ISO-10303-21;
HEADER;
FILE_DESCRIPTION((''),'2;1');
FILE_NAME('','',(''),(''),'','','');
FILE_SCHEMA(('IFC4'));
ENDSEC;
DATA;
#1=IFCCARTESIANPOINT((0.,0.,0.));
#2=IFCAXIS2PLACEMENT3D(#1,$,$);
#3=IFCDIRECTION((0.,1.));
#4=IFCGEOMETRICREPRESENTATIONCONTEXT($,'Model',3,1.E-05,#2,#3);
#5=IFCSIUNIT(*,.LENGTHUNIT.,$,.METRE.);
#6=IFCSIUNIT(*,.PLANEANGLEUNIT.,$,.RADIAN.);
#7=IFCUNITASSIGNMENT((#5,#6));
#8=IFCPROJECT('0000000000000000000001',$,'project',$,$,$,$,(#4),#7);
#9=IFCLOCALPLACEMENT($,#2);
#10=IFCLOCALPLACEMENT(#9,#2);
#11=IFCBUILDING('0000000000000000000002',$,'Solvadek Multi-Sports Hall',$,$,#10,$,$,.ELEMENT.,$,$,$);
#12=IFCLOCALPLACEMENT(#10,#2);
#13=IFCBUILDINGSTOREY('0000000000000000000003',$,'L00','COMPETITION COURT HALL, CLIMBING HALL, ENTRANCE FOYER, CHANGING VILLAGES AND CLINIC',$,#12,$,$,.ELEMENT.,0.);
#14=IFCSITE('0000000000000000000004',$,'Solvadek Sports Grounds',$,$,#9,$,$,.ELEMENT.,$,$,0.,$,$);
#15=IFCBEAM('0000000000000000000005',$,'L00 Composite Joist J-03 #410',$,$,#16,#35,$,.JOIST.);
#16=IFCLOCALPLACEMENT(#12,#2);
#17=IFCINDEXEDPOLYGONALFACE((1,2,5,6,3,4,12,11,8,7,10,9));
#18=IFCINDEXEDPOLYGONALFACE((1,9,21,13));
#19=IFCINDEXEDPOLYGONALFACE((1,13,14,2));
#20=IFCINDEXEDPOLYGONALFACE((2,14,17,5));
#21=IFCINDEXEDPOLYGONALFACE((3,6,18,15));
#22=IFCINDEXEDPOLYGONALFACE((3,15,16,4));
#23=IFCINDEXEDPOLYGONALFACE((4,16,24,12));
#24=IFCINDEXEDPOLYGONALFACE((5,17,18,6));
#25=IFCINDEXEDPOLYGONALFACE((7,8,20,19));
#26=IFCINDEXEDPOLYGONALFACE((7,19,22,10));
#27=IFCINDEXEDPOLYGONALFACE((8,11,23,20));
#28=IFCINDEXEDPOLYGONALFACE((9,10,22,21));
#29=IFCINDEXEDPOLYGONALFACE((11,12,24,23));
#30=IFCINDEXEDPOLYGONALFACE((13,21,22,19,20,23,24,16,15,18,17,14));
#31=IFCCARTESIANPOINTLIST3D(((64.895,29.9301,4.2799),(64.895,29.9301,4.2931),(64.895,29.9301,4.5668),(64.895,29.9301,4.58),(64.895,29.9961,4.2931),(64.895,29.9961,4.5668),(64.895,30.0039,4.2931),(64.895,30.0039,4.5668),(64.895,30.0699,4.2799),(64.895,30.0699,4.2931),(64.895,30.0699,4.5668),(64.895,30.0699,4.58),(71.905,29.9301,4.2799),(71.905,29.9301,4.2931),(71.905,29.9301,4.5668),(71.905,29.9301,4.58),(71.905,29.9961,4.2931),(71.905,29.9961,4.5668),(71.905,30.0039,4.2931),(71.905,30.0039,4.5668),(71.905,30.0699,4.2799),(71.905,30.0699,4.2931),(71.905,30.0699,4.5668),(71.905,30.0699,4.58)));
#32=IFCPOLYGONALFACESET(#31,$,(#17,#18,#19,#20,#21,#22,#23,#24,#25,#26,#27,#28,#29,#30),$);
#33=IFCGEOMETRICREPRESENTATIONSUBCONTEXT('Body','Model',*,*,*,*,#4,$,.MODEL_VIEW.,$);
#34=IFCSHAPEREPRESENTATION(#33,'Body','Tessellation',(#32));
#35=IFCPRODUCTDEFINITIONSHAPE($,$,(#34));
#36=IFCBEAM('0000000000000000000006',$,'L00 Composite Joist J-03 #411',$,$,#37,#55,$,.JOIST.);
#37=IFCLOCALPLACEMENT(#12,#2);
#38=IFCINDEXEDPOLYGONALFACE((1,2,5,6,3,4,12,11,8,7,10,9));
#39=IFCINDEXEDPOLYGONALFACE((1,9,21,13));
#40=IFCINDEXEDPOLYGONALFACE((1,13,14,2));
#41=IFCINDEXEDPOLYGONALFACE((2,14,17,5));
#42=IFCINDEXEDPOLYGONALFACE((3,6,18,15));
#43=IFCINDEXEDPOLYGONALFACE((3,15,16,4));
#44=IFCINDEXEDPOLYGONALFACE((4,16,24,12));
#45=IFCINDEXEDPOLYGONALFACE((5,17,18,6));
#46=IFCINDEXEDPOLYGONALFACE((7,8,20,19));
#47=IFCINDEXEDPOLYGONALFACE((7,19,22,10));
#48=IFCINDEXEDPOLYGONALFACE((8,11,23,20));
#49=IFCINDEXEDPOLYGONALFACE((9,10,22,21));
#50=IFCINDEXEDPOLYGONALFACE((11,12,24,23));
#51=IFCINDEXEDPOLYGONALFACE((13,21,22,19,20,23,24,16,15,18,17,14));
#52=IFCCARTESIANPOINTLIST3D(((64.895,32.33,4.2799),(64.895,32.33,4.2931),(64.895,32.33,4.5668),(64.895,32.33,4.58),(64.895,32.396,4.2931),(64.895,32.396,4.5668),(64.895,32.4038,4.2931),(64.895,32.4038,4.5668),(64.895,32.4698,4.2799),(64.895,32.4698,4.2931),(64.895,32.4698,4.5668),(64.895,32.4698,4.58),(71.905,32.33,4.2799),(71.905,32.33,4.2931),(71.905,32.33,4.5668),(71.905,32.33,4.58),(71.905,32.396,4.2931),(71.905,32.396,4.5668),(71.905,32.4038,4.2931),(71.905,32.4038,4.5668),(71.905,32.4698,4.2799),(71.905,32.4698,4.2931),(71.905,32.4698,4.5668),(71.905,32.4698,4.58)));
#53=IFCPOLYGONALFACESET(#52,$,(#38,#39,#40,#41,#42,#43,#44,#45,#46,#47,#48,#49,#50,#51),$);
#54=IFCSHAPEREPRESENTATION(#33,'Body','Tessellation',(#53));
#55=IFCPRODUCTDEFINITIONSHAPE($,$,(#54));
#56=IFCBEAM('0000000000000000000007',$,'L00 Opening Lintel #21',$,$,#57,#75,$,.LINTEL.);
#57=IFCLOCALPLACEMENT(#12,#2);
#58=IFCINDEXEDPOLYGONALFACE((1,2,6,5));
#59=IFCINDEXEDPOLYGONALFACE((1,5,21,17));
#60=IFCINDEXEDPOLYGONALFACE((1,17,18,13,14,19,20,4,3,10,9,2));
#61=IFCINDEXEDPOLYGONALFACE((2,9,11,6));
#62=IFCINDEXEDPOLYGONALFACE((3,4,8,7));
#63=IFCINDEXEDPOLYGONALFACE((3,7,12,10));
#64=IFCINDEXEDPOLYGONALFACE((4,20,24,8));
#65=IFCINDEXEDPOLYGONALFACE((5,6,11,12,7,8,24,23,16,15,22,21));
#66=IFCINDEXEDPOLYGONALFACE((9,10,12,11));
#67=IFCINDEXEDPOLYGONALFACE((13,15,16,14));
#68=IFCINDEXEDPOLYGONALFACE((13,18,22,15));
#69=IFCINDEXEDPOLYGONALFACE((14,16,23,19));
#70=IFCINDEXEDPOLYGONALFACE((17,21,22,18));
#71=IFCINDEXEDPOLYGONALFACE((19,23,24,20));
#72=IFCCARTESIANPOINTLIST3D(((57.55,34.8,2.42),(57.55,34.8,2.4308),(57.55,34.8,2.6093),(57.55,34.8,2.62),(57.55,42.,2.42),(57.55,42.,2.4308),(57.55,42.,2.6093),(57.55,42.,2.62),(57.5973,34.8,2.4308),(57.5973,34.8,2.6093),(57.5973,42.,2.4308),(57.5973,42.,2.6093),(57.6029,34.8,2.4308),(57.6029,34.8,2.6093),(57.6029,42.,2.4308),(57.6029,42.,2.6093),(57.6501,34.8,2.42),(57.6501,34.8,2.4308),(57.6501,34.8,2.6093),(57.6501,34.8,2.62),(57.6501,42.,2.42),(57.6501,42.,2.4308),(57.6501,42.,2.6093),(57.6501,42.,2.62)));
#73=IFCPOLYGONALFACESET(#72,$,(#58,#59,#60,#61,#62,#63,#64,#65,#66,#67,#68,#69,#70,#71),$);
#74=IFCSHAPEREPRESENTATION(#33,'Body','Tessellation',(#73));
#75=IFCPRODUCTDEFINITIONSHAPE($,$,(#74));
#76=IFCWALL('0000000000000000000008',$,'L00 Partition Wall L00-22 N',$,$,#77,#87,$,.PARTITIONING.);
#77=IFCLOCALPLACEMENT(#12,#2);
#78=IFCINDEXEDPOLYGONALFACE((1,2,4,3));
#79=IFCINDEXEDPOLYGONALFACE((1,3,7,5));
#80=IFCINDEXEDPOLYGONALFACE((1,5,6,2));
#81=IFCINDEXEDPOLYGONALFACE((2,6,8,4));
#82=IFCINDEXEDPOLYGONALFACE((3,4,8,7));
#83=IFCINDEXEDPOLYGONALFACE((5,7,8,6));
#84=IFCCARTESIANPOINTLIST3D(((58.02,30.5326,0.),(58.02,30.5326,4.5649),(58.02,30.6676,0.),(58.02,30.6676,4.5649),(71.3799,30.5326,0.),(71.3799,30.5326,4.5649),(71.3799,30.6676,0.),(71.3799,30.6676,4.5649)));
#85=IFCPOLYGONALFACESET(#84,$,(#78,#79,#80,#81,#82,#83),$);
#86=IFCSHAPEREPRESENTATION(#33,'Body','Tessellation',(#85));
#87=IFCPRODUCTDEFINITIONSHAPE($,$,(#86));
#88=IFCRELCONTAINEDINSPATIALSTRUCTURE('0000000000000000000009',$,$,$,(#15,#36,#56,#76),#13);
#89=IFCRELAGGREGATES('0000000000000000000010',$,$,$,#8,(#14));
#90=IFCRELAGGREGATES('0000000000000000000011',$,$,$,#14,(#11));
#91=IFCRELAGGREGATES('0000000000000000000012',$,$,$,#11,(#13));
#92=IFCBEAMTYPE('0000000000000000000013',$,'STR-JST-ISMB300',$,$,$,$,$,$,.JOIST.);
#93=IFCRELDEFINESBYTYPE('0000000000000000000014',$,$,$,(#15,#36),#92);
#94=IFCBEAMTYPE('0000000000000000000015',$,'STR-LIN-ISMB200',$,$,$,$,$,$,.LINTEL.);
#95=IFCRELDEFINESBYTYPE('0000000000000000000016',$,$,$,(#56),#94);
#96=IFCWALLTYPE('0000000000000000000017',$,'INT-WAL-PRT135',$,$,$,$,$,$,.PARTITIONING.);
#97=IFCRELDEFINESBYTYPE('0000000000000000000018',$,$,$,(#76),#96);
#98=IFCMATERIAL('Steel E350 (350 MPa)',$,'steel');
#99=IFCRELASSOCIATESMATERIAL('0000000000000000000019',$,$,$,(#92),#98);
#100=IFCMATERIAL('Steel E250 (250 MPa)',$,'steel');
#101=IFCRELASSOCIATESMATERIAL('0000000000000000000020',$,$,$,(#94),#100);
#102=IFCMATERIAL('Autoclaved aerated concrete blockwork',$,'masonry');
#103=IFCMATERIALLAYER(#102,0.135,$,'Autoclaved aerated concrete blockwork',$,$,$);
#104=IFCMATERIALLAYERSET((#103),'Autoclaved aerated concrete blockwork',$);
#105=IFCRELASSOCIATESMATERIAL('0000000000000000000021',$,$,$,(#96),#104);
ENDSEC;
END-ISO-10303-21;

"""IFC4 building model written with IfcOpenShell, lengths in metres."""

from ifc_helpers import new_model, si_unit, direction, frame, frame_2d, origin, origin_2d, place, context, subcontext, project, spatial, rectangle, i_section, extrude, material, layer, layer_set, material_profile, profile_set, type_object, element, save


model = new_model("IFC4")

# Units and contexts
model_context = context("Model", 3, precision=1e-05, world=origin(), true_north=direction((0.0, 1.0)))
body_context = subcontext(model_context, "Body", "Model", "MODEL_VIEW")
ifc_project = project(units=[si_unit("LENGTHUNIT", "METRE"), si_unit("PLANEANGLEUNIT", "RADIAN")], contexts=[model_context])

# Site, building, storey
site_placement = place(None, origin())
site = spatial("IfcSite", under=ifc_project, at=site_placement, Name="Solvadek Sports Grounds", CompositionType="ELEMENT", RefElevation=0.0)
building_placement = place(site_placement, origin())
building = spatial("IfcBuilding", under=site, at=building_placement, Name="Solvadek Multi-Sports Hall", CompositionType="ELEMENT")
storey_placement = place(building_placement, origin())
storey = spatial("IfcBuildingStorey", under=building, at=storey_placement, Name="L00", Description="COMPETITION COURT HALL, CLIMBING HALL, ENTRANCE FOYER, CHANGING VILLAGES AND CLINIC", CompositionType="ELEMENT", Elevation=0.0)

# Shared definitions
ifc_material_1 = material(Name="Steel E350 (350 MPa)", Category="steel")

# Beams
ifc_material_profile_1 = material_profile(ifc_material_1, i_section(OverallWidth=0.1399, OverallDepth=0.3, WebThickness=0.0078, FlangeThickness=0.0132, at=origin_2d()), Name="ISMB 300")
ifc_profile_set_1 = profile_set([ifc_material_profile_1], Name="Steel E350 (350 MPa)")
beam_type_1 = type_object("IfcBeamType", Name="STR-JST-ISMB300", PredefinedType="JOIST", material=ifc_profile_set_1)
for number, where, z_axis, x_axis, name in (
    (1, (64.895, 30.0, 4.4299), (1.0, 0.0, 0.0), (0.0, 1.0, 0.0), "L00 Composite Joist J-03 #410"),
    (2, (64.895, 32.3999, 4.4299), (1.0, 0.0, 0.0), (0.0, 1.0, 0.0), "L00 Composite Joist J-03 #411"),
):
    element("IfcBeam", number, at=place(storey_placement, frame(where, z_axis=z_axis, x_axis=x_axis)), inside=storey, type_object=beam_type_1, Name=name, PredefinedType="JOIST", context=body_context, shape_type="SweptSolid", body=[
        extrude(i_section(OverallWidth=0.1399, OverallDepth=0.3, WebThickness=0.0078, FlangeThickness=0.0132, at=origin_2d()), origin(), (0.0, 0.0, 1.0), 7.01),
    ])
ifc_material_2 = material(Name="Steel E250 (250 MPa)", Category="steel")
ifc_material_profile_2 = material_profile(ifc_material_2, i_section(OverallWidth=0.1001, OverallDepth=0.2, WebThickness=0.0056, FlangeThickness=0.0107, at=origin_2d()), Name="ISMB 200")
ifc_profile_set_2 = profile_set([ifc_material_profile_2], Name="Steel E250 (250 MPa)")
beam_type_2 = type_object("IfcBeamType", Name="STR-LIN-ISMB200", PredefinedType="LINTEL", material=ifc_profile_set_2)
beam_1_placement = place(storey_placement, frame((57.6001, 34.8, 2.52), z_axis=(0.0, 1.0, 0.0), x_axis=(-1.0, 0.0, 0.0)))
element("IfcBeam", 3, at=beam_1_placement, inside=storey, type_object=beam_type_2, Name="L00 Opening Lintel #21", PredefinedType="LINTEL", context=body_context, shape_type="SweptSolid", body=[
    extrude(i_section(OverallWidth=0.1001, OverallDepth=0.2, WebThickness=0.0056, FlangeThickness=0.0107, at=origin_2d()), origin(), (0.0, 0.0, 1.0), 7.2),
])

# Wall
ifc_material_3 = material(Name="Autoclaved aerated concrete blockwork", Category="masonry")
ifc_layer_1 = layer(ifc_material_3, 0.135, Name="Autoclaved aerated concrete blockwork")
ifc_layer_set_1 = layer_set([ifc_layer_1], Name="Autoclaved aerated concrete blockwork")
wall_type = type_object("IfcWallType", Name="INT-WAL-PRT135", PredefinedType="PARTITIONING", material=ifc_layer_set_1)
wall_placement = place(storey_placement, frame((58.02, 30.6001, 0.0), z_axis=(0.0, 0.0, 1.0), x_axis=(1.0, 0.0, 0.0)))
element("IfcWall", 4, at=wall_placement, inside=storey, type_object=wall_type, Name="L00 Partition Wall L00-22 N", PredefinedType="PARTITIONING", context=body_context, shape_type="SweptSolid", body=[
    extrude(rectangle(XDim=13.3599, YDim=0.135, at=frame_2d((6.6799, 0.0))), origin(), (0.0, 0.0, 1.0), 4.5649),
])

save(model, "model.ifc")
